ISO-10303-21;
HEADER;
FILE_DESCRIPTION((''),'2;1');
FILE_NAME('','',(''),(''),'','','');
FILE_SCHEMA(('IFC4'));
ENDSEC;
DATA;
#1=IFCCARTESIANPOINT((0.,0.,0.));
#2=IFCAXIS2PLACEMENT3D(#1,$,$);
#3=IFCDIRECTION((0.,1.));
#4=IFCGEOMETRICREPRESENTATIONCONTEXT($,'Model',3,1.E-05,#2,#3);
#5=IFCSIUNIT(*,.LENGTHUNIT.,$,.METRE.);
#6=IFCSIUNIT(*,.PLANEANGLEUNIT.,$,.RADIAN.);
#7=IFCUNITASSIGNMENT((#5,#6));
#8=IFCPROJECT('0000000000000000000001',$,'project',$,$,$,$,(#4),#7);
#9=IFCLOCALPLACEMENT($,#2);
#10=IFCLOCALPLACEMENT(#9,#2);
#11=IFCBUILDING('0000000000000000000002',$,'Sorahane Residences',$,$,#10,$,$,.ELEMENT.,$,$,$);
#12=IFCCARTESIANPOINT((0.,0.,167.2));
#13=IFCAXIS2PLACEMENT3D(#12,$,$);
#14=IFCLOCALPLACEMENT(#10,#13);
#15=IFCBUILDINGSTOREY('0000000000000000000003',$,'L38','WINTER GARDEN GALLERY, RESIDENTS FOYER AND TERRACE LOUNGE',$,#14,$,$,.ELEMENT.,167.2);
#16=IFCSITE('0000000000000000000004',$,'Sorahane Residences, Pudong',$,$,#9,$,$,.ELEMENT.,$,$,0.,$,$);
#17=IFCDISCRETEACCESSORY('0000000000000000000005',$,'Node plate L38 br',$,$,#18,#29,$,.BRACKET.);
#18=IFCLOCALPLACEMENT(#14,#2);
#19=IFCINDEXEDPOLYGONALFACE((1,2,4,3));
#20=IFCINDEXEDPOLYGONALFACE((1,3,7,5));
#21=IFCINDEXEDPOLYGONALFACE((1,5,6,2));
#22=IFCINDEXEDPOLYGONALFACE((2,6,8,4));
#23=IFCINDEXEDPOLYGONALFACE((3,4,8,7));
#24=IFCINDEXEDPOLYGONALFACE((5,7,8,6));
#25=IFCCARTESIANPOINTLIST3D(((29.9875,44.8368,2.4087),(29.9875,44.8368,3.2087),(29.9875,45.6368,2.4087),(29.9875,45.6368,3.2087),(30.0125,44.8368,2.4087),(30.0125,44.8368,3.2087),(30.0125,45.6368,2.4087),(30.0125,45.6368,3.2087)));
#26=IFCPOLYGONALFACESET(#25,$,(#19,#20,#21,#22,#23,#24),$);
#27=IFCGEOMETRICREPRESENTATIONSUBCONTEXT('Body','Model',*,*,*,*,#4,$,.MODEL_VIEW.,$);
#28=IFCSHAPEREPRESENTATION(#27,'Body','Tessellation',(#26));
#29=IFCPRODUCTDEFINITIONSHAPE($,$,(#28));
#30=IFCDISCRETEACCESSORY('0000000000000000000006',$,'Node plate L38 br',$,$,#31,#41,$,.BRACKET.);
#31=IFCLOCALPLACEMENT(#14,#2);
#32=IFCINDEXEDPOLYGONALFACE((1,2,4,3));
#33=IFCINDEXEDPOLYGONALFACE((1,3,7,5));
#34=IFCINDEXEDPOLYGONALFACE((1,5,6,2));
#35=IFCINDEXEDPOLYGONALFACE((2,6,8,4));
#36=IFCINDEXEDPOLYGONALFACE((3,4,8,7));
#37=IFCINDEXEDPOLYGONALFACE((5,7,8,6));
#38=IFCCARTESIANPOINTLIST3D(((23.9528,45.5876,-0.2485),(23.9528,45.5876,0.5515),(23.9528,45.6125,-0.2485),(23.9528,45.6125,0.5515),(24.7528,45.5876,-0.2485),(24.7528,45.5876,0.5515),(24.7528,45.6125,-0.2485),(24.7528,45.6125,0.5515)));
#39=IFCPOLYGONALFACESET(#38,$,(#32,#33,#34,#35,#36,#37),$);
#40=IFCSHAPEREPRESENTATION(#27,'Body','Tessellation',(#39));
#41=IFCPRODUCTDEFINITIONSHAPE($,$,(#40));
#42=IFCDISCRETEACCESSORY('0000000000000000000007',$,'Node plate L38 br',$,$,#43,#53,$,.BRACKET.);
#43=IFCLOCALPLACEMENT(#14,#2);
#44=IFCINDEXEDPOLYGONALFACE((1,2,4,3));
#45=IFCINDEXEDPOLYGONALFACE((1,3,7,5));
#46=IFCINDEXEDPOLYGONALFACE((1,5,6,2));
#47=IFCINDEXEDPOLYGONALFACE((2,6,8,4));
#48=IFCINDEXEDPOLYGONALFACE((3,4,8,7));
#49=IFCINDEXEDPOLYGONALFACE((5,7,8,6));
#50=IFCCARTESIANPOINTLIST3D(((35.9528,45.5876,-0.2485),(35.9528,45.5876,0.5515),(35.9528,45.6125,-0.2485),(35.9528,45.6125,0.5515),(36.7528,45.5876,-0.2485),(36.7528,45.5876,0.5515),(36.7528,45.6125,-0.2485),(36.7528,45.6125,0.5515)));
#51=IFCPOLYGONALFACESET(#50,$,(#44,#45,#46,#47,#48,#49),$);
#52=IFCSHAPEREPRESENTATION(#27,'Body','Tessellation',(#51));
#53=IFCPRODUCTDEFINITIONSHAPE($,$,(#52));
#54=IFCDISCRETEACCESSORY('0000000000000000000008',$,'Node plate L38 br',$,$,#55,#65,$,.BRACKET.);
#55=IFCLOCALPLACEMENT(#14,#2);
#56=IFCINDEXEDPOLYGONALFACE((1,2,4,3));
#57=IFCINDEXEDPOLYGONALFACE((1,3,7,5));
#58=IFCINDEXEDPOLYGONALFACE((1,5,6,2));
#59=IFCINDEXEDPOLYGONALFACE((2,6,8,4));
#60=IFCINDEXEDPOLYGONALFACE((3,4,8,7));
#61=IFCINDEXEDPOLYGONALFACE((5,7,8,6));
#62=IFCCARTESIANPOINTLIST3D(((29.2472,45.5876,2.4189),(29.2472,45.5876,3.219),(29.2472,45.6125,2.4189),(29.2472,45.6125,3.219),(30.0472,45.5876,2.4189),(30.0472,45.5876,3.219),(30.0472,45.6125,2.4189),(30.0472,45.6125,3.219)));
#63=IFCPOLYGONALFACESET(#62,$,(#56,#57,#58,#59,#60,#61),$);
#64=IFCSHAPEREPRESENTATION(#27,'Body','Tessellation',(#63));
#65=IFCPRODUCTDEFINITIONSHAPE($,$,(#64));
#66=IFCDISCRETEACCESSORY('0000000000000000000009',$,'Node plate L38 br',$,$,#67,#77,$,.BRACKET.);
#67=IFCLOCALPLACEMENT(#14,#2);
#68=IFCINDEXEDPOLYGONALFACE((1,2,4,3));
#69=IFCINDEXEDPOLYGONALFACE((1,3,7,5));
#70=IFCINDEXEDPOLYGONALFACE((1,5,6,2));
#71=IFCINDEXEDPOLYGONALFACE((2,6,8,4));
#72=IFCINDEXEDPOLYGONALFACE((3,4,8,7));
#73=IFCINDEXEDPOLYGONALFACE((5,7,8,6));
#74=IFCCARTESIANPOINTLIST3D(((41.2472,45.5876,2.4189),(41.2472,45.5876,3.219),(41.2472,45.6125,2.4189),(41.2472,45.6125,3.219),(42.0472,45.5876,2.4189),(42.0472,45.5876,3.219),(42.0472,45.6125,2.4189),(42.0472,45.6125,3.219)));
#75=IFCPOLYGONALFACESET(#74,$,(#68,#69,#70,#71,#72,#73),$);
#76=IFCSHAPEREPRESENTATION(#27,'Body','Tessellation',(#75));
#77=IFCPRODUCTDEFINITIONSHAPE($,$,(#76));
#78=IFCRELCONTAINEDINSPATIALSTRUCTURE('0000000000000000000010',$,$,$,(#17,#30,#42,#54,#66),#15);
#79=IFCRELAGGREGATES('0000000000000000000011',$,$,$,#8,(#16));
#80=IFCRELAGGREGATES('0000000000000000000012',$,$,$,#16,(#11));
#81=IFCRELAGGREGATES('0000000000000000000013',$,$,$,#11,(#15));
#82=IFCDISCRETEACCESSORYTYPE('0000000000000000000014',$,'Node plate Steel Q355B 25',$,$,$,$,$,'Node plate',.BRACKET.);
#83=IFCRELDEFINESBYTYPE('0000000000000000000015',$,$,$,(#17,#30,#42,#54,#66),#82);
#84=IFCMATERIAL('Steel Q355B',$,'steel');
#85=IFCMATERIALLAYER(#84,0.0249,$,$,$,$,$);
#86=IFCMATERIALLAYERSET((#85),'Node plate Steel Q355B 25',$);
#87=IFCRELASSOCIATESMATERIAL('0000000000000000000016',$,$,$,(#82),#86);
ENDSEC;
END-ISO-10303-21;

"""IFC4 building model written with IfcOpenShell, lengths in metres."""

from ifc_helpers import new_model, si_unit, direction, frame, origin, origin_2d, place, context, subcontext, project, spatial, rectangle, extrude, material, layer, layer_set, type_object, element, save


model = new_model("IFC4")

# Units and contexts
model_context = context("Model", 3, precision=1e-05, world=origin(), true_north=direction((0.0, 1.0)))
body_context = subcontext(model_context, "Body", "Model", "MODEL_VIEW")
ifc_project = project(units=[si_unit("LENGTHUNIT", "METRE"), si_unit("PLANEANGLEUNIT", "RADIAN")], contexts=[model_context])

# Site, building, storey
site_placement = place(None, origin())
site = spatial("IfcSite", under=ifc_project, at=site_placement, Name="Sorahane Residences, Pudong", CompositionType="ELEMENT", RefElevation=0.0)
building_placement = place(site_placement, origin())
building = spatial("IfcBuilding", under=site, at=building_placement, Name="Sorahane Residences", CompositionType="ELEMENT")
storey_placement = place(building_placement, frame((0.0, 0.0, 167.2)))
storey = spatial("IfcBuildingStorey", under=building, at=storey_placement, Name="L38", Description="WINTER GARDEN GALLERY, RESIDENTS FOYER AND TERRACE LOUNGE", CompositionType="ELEMENT", Elevation=167.2)

# Discrete accessories
ifc_material_1 = material(Name="Steel Q355B", Category="steel")
ifc_layer_1 = layer(ifc_material_1, 0.0249)
ifc_layer_set_1 = layer_set([ifc_layer_1], Name="Node plate Steel Q355B 25")
discrete_accessory_type = type_object("IfcDiscreteAccessoryType", Name="Node plate Steel Q355B 25", ElementType="Node plate", PredefinedType="BRACKET", material=ifc_layer_set_1)
for number, where, z_axis, x_axis, name in (
    (1, (30.0, 45.2368, 2.4087), (0.0, 0.0, 1.0), (0.0, 1.0, 0.0), "Node plate L38 br"),
    (2, (24.3528, 45.6001, -0.2485), (0.0, 0.0, 1.0), (1.0, 0.0, 0.0), "Node plate L38 br"),
    (3, (36.3528, 45.6001, -0.2485), (0.0, 0.0, 1.0), (1.0, 0.0, 0.0), "Node plate L38 br"),
    (4, (29.6472, 45.6001, 2.4189), (0.0, 0.0, 1.0), (1.0, 0.0, 0.0), "Node plate L38 br"),
    (5, (41.6472, 45.6001, 2.4189), (0.0, 0.0, 1.0), (1.0, 0.0, 0.0), "Node plate L38 br"),
):
    element("IfcDiscreteAccessory", number, at=place(storey_placement, frame(where, z_axis=z_axis, x_axis=x_axis)), inside=storey, type_object=discrete_accessory_type, Name=name, PredefinedType="BRACKET", context=body_context, shape_type="SweptSolid", body=[
        extrude(rectangle(XDim=0.8, YDim=0.0249, at=origin_2d()), origin(), (0.0, 0.0, 1.0), 0.8),
    ])

save(model, "model.ifc")
